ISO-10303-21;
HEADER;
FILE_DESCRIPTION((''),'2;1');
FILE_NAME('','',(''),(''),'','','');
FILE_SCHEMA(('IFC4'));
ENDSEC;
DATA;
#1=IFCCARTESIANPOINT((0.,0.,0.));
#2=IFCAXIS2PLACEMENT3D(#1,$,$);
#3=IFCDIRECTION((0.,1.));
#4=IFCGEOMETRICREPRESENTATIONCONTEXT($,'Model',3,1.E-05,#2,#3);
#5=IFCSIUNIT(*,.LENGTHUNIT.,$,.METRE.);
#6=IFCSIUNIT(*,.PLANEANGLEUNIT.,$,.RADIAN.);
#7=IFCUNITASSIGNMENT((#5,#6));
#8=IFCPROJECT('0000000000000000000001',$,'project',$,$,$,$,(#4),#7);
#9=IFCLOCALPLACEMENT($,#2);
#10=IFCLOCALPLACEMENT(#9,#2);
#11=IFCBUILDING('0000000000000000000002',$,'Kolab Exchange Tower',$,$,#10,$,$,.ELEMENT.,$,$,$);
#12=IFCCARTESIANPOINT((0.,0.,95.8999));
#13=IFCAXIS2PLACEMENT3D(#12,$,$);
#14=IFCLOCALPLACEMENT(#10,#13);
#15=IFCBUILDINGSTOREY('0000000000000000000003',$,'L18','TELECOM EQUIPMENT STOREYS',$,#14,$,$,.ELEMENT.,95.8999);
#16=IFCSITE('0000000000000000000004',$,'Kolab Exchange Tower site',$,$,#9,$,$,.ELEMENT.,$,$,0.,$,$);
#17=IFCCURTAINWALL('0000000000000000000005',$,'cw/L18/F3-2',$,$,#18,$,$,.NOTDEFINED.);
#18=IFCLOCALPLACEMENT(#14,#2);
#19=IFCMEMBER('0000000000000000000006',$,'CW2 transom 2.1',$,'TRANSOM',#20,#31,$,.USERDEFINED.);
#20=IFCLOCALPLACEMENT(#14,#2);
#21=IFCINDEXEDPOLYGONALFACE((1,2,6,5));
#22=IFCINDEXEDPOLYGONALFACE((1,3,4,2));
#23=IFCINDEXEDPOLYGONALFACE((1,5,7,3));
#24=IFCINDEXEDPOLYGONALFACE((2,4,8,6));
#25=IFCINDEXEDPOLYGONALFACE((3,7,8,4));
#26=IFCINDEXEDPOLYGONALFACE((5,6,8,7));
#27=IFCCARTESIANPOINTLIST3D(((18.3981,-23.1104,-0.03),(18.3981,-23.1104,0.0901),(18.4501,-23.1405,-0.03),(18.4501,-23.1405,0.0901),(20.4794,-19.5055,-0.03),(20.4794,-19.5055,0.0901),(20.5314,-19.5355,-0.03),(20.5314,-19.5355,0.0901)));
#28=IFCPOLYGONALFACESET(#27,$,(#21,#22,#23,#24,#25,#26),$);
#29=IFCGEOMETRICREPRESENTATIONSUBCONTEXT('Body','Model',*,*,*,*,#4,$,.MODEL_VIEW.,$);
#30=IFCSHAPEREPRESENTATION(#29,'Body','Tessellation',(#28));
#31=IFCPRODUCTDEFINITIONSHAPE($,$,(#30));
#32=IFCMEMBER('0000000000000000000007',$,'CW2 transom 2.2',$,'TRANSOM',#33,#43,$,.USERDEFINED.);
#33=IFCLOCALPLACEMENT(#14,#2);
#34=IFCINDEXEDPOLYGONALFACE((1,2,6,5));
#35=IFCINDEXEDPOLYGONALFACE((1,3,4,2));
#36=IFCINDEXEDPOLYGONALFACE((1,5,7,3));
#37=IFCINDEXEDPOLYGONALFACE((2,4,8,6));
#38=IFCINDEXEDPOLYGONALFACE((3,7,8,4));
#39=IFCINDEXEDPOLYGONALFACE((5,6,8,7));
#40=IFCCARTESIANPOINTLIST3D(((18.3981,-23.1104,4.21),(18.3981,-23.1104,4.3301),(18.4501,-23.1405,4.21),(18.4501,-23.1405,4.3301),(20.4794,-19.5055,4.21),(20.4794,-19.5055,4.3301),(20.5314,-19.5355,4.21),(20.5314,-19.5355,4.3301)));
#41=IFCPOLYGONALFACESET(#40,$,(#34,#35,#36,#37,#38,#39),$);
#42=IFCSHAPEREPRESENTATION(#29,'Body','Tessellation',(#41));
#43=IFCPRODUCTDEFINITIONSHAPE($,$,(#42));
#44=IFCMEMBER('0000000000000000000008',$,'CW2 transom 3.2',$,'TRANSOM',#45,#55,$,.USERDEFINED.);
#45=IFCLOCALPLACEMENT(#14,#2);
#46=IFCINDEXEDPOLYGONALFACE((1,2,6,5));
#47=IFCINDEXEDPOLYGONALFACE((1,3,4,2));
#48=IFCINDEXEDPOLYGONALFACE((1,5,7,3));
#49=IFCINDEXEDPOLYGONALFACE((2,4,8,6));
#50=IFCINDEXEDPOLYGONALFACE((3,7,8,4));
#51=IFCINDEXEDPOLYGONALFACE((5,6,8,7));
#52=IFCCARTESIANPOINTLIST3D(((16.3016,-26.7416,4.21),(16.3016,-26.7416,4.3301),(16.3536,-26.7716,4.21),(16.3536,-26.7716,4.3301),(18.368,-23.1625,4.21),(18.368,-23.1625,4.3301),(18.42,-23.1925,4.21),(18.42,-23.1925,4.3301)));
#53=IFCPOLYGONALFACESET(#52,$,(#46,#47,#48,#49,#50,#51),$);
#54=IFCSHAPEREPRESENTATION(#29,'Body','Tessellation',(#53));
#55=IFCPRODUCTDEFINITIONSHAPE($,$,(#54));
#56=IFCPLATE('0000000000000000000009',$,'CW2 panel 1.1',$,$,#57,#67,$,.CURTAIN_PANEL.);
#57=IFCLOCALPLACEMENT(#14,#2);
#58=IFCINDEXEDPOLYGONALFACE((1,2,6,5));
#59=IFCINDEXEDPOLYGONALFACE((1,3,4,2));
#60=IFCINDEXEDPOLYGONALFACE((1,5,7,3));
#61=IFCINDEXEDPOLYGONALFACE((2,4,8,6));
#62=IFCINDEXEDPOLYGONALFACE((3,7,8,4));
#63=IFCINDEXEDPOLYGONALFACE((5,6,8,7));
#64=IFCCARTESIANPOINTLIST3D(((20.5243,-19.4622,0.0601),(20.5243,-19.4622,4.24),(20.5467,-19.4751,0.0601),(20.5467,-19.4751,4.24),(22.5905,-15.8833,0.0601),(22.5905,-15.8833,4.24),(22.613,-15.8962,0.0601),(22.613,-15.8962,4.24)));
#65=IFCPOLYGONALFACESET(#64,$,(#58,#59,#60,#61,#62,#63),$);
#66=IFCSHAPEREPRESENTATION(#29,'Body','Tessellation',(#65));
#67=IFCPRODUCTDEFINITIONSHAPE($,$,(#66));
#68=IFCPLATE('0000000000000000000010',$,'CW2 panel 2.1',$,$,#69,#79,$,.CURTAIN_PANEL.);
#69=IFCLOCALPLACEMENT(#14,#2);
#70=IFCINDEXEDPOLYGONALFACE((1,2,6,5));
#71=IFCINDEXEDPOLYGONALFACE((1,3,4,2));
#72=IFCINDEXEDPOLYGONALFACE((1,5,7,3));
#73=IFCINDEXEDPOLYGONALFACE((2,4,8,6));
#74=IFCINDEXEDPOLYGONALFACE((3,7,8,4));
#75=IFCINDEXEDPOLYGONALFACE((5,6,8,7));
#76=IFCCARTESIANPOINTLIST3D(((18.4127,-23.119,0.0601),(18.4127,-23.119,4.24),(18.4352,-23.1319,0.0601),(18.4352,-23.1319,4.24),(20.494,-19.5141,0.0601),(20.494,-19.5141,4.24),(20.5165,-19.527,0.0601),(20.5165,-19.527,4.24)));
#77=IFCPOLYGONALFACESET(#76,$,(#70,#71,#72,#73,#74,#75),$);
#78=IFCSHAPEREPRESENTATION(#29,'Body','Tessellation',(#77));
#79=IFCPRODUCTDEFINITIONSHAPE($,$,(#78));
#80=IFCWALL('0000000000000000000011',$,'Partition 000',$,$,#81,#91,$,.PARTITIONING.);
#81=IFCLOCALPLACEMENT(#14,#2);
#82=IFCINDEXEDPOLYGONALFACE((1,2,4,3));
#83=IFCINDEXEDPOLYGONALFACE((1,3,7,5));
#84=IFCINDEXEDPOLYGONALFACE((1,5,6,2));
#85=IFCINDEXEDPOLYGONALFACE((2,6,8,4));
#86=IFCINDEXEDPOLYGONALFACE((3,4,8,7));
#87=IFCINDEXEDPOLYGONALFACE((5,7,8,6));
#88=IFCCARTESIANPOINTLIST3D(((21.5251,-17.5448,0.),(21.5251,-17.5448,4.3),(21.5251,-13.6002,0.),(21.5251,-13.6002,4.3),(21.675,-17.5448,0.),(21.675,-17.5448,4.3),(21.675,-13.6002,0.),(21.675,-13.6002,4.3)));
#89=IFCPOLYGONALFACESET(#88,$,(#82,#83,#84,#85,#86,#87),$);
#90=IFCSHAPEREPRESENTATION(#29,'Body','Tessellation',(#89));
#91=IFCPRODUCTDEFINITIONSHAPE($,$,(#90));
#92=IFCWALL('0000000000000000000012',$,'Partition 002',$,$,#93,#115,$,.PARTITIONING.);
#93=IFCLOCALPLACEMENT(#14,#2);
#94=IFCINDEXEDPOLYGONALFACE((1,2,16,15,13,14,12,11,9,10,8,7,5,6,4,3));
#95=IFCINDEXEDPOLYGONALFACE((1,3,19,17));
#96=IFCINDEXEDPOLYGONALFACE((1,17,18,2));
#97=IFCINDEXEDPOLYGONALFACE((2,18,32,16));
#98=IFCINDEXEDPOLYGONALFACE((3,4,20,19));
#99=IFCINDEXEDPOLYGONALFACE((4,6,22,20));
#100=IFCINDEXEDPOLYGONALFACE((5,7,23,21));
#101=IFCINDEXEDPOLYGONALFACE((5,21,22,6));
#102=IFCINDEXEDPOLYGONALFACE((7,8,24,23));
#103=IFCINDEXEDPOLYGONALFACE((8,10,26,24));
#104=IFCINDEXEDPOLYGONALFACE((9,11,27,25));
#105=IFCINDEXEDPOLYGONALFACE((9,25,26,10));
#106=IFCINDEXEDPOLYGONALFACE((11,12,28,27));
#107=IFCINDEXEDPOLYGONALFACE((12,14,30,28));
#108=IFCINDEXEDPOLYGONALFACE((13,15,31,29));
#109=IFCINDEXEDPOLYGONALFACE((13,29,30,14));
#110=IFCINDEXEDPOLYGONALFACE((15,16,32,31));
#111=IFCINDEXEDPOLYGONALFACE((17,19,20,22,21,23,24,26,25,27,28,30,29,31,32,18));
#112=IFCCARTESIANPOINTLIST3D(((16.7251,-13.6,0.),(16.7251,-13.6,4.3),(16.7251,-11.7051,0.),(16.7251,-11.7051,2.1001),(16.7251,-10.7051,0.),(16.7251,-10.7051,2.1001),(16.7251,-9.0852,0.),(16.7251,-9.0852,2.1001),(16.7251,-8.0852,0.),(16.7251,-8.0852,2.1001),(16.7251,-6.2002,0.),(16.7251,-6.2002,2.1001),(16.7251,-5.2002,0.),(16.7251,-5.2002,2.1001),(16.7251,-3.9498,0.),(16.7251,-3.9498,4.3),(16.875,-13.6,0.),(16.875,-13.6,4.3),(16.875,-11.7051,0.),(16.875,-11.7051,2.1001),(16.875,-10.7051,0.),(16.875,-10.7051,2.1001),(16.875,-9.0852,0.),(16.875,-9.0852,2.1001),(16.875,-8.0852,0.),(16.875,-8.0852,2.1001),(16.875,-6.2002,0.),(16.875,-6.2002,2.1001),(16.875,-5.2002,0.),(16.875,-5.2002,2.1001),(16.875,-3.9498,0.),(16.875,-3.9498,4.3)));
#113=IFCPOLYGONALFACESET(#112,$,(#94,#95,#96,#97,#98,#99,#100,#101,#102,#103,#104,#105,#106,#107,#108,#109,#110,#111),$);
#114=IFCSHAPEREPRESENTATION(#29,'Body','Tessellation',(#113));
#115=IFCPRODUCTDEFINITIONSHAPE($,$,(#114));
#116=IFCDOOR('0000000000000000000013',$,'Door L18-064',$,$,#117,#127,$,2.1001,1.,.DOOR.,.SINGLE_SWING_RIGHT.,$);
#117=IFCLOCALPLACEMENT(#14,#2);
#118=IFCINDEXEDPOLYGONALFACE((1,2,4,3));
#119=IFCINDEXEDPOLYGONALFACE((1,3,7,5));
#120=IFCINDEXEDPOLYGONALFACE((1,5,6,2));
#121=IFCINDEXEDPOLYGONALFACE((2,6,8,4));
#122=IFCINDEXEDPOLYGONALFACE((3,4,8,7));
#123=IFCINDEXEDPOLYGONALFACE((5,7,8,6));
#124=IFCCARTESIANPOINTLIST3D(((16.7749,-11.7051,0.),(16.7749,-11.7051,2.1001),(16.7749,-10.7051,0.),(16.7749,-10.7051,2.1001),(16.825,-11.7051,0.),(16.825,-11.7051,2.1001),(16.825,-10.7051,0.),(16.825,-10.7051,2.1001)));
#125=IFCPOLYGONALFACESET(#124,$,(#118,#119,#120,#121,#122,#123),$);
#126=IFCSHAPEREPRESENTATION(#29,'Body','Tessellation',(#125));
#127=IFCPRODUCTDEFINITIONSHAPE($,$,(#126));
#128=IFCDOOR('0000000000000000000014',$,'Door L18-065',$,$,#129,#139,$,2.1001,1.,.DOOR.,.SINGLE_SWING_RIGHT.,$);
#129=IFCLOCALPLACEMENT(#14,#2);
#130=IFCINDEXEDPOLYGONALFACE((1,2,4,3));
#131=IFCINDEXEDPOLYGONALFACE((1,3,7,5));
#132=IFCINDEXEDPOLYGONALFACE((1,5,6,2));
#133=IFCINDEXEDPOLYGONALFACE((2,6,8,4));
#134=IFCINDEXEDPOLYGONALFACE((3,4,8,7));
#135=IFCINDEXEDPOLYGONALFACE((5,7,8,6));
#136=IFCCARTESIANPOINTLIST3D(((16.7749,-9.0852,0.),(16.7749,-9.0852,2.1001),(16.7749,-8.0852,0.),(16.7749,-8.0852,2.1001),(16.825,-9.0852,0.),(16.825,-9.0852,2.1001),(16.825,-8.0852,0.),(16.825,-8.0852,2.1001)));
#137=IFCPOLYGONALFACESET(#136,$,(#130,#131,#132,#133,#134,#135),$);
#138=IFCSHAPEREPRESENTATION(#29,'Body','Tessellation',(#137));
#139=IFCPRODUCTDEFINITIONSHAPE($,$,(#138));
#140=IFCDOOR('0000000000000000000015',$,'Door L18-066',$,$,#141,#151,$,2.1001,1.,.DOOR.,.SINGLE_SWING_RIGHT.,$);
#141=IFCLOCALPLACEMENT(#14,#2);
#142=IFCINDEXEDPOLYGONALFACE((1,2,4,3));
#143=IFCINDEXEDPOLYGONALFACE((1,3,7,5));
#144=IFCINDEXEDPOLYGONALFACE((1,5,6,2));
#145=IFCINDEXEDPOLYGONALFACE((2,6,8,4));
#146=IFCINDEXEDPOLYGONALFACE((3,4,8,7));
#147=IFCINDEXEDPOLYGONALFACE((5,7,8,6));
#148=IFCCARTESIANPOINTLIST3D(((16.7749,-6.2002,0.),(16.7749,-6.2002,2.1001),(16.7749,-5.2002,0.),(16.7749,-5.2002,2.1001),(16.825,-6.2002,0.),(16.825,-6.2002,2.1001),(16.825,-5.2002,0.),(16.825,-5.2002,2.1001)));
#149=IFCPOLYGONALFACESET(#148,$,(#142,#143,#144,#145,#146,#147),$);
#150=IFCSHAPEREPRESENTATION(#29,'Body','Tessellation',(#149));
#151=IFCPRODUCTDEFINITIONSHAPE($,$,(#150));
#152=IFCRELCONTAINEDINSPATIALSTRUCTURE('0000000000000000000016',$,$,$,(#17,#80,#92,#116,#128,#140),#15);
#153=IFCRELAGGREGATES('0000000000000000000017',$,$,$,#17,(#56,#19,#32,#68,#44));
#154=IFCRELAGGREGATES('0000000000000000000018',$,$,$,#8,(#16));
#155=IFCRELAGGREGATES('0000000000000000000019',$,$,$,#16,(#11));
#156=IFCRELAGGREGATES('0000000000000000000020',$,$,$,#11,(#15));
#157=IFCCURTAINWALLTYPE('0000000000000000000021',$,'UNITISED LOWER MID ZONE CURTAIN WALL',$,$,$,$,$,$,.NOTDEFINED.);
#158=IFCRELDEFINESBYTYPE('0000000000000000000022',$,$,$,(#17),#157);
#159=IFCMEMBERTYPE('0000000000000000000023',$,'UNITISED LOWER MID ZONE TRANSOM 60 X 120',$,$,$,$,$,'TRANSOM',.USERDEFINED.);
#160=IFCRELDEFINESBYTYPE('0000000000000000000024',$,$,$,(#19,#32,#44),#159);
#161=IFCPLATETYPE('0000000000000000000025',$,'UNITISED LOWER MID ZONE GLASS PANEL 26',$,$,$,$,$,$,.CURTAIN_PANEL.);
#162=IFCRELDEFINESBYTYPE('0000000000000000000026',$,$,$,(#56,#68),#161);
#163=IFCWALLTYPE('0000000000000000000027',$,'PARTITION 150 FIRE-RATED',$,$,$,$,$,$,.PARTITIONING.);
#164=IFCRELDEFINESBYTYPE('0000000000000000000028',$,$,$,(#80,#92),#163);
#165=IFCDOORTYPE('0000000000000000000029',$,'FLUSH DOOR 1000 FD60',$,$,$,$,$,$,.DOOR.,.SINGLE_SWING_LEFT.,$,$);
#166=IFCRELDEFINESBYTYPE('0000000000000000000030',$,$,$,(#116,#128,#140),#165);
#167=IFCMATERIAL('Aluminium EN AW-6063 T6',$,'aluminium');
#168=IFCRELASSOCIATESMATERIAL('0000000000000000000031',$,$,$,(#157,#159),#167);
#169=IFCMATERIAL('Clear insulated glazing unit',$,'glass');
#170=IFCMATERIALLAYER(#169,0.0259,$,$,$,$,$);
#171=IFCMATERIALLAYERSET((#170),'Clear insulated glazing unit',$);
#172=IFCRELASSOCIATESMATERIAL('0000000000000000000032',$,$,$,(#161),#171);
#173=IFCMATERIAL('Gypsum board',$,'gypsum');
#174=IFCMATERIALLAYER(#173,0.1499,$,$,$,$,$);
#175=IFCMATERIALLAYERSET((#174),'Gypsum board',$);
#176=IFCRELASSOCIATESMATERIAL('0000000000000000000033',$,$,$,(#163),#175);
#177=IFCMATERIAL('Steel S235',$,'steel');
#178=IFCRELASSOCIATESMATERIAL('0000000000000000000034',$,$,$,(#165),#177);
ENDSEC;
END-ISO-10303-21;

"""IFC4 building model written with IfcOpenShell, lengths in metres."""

from ifc_helpers import new_model, si_unit, direction, frame, frame_2d, origin, origin_2d, place, context, subcontext, project, spatial, rectangle, extrude, material, layer, layer_set, material_profile, profile_set, type_object, element, fill, aggregate, save


model = new_model("IFC4")

# Units and contexts
model_context = context("Model", 3, precision=1e-05, world=origin(), true_north=direction((0.0, 1.0)))
body_context = subcontext(model_context, "Body", "Model", "MODEL_VIEW")
ifc_project = project(units=[si_unit("LENGTHUNIT", "METRE"), si_unit("PLANEANGLEUNIT", "RADIAN")], contexts=[model_context])

# Site, building, storey
site_placement = place(None, origin())
site = spatial("IfcSite", under=ifc_project, at=site_placement, Name="Kolab Exchange Tower site", CompositionType="ELEMENT", RefElevation=0.0)
building_placement = place(site_placement, origin())
building = spatial("IfcBuilding", under=site, at=building_placement, Name="Kolab Exchange Tower", CompositionType="ELEMENT")
storey_placement = place(building_placement, frame((0.0, 0.0, 95.8999)))
storey = spatial("IfcBuildingStorey", under=building, at=storey_placement, Name="L18", Description="TELECOM EQUIPMENT STOREYS", CompositionType="ELEMENT", Elevation=95.8999)

# Curtain wall, members, plates
ifc_material_1 = material(Name="Aluminium EN AW-6063 T6", Category="aluminium")
curtain_wall_type = type_object("IfcCurtainWallType", Name="UNITISED LOWER MID ZONE CURTAIN WALL", PredefinedType="NOTDEFINED", material=ifc_material_1)
curtain_wall_placement = place(storey_placement, origin())
curtain_wall = element("IfcCurtainWall", 1, at=curtain_wall_placement, inside=storey, type_object=curtain_wall_type, Name="cw/L18/F3-2", PredefinedType="NOTDEFINED")
ifc_material_profile_1 = material_profile(ifc_material_1, rectangle(XDim=0.0601, YDim=0.1201, at=origin_2d()), Name="RECT 60X120")
ifc_profile_set_1 = profile_set([ifc_material_profile_1], Name="Aluminium EN AW-6063 T6")
member_type_1 = type_object("IfcMemberType", Name="UNITISED LOWER MID ZONE TRANSOM 60 X 120", ElementType="TRANSOM", PredefinedType="USERDEFINED", material=ifc_profile_set_1)
member_1_placement = place(storey_placement, frame((20.5054, -19.5205, 0.03), z_axis=(-0.499993, -0.866029, 0.0), x_axis=(0.866029, -0.499993, 0.0)))
member_1 = element("IfcMember", 2, at=member_1_placement, type_object=member_type_1, Name="CW2 transom 2.1", ObjectType="TRANSOM", PredefinedType="USERDEFINED", context=body_context, shape_type="SweptSolid", body=[
    extrude(rectangle(XDim=0.0601, YDim=0.1201, at=origin_2d()), origin(), (0.0, 0.0, 1.0), 4.1626),
])
member_2_placement = place(storey_placement, frame((20.5054, -19.5205, 4.27), z_axis=(-0.499993, -0.866029, 0.0), x_axis=(0.866029, -0.499993, 0.0)))
member_2 = element("IfcMember", 3, at=member_2_placement, type_object=member_type_1, Name="CW2 transom 2.2", ObjectType="TRANSOM", PredefinedType="USERDEFINED", context=body_context, shape_type="SweptSolid", body=[
    extrude(rectangle(XDim=0.0601, YDim=0.1201, at=origin_2d()), origin(), (0.0, 0.0, 1.0), 4.1626),
])
member_3_placement = place(storey_placement, frame((18.394, -23.1775, 4.27), z_axis=(-0.500002, -0.866024, 0.0), x_axis=(0.866024, -0.500002, 0.0)))
member_3 = element("IfcMember", 4, at=member_3_placement, type_object=member_type_1, Name="CW2 transom 3.2", ObjectType="TRANSOM", PredefinedType="USERDEFINED", context=body_context, shape_type="SweptSolid", body=[
    extrude(rectangle(XDim=0.0601, YDim=0.1201, at=origin_2d()), origin(), (0.0, 0.0, 1.0), 4.1328),
])
ifc_material_2 = material(Name="Clear insulated glazing unit", Category="glass")
ifc_layer_1 = layer(ifc_material_2, 0.0259)
ifc_layer_set_1 = layer_set([ifc_layer_1], Name="Clear insulated glazing unit")
plate_type = type_object("IfcPlateType", Name="UNITISED LOWER MID ZONE GLASS PANEL 26", PredefinedType="CURTAIN_PANEL", material=ifc_layer_set_1)
plate_1_placement = place(storey_placement, frame((21.5686, -17.6792, 0.0601), z_axis=(0.0, 0.0, 1.0), x_axis=(-0.5, -0.866025, 0.0)))
plate_1 = element("IfcPlate", 5, at=plate_1_placement, type_object=plate_type, Name="CW2 panel 1.1", PredefinedType="CURTAIN_PANEL", context=body_context, shape_type="SweptSolid", body=[
    extrude(rectangle(XDim=4.1326, YDim=0.0259, at=origin_2d()), origin(), (0.0, 0.0, 1.0), 4.1799),
])
plate_2_placement = place(storey_placement, frame((19.4646, -21.323, 0.0601), z_axis=(0.0, 0.0, 1.0), x_axis=(-0.5, -0.866025, 0.0)))
plate_2 = element("IfcPlate", 6, at=plate_2_placement, type_object=plate_type, Name="CW2 panel 2.1", PredefinedType="CURTAIN_PANEL", context=body_context, shape_type="SweptSolid", body=[
    extrude(rectangle(XDim=4.1626, YDim=0.0259, at=origin_2d()), origin(), (0.0, 0.0, 1.0), 4.1799),
])
aggregate(curtain_wall, [plate_1, member_1, member_2, plate_2, member_3])

# Wall
ifc_material_3 = material(Name="Gypsum board", Category="gypsum")
ifc_layer_2 = layer(ifc_material_3, 0.1499)
ifc_layer_set_2 = layer_set([ifc_layer_2], Name="Gypsum board")
wall_type = type_object("IfcWallType", Name="PARTITION 150 FIRE-RATED", PredefinedType="PARTITIONING", material=ifc_layer_set_2)
wall_1_placement = place(storey_placement, frame((21.6001, -17.5447, 0.0), z_axis=(0.0, 0.0, 1.0), x_axis=(0.0, 1.0, 0.0)))
element("IfcWall", 7, at=wall_1_placement, inside=storey, type_object=wall_type, Name="Partition 000", PredefinedType="PARTITIONING", context=body_context, shape_type="SweptSolid", body=[
    extrude(rectangle(XDim=3.9446, YDim=0.1499, at=frame_2d((1.9722, 0.0))), origin(), (0.0, 0.0, 1.0), 4.3),
])

# Wall, openings, doors
wall_2_placement = place(storey_placement, frame((16.8, -13.6001, 0.0), z_axis=(0.0, 0.0, 1.0), x_axis=(0.0, 1.0, 0.0)))
wall_2 = element("IfcWall", 8, at=wall_2_placement, inside=storey, type_object=wall_type, Name="Partition 002", PredefinedType="PARTITIONING", context=body_context, shape_type="SweptSolid", body=[
    extrude(rectangle(XDim=9.6501, YDim=0.1499, at=frame_2d((4.8252, 0.0))), origin(), (0.0, 0.0, 1.0), 4.3),
])
opening_1_placement = place(wall_2_placement, frame((1.895, 0.0, 0.0)))
opening_1 = element("IfcOpeningElement", 9, at=opening_1_placement, cuts=wall_2, PredefinedType="OPENING", context=body_context, shape_type="SweptSolid", body=[
    extrude(rectangle(XDim=1.0, YDim=2.1001, at=frame_2d((0.5, 1.05))), frame((0.0, 0.085, 0.0), z_axis=(0.0, -1.0, 0.0), x_axis=(1.0, 0.0, 0.0)), (0.0, 0.0, 1.0), 0.1699),
])
opening_2_placement = place(wall_2_placement, frame((4.5149, 0.0, 0.0)))
opening_2 = element("IfcOpeningElement", 10, at=opening_2_placement, cuts=wall_2, PredefinedType="OPENING", context=body_context, shape_type="SweptSolid", body=[
    extrude(rectangle(XDim=1.0, YDim=2.1001, at=frame_2d((0.5, 1.05))), frame((0.0, 0.085, 0.0), z_axis=(0.0, -1.0, 0.0), x_axis=(1.0, 0.0, 0.0)), (0.0, 0.0, 1.0), 0.1699),
])
opening_3_placement = place(wall_2_placement, frame((7.3999, 0.0, 0.0)))
opening_3 = element("IfcOpeningElement", 11, at=opening_3_placement, cuts=wall_2, PredefinedType="OPENING", context=body_context, shape_type="SweptSolid", body=[
    extrude(rectangle(XDim=1.0, YDim=2.1001, at=frame_2d((0.5, 1.05))), frame((0.0, 0.085, 0.0), z_axis=(0.0, -1.0, 0.0), x_axis=(1.0, 0.0, 0.0)), (0.0, 0.0, 1.0), 0.1699),
])
ifc_material_4 = material(Name="Steel S235", Category="steel")
door_type = type_object("IfcDoorType", Name="FLUSH DOOR 1000 FD60", OperationType="SINGLE_SWING_LEFT", PredefinedType="DOOR", material=ifc_material_4)
door_1_placement = place(opening_1_placement, frame((1.0, 0.0, 0.0), z_axis=(0.0, 0.0, 1.0), x_axis=(-1.0, 0.0, 0.0)))
door_1 = element("IfcDoor", 12, at=door_1_placement, inside=storey, type_object=door_type, Name="Door L18-064", OperationType="SINGLE_SWING_RIGHT", OverallHeight=2.1001, OverallWidth=1.0, PredefinedType="DOOR", context=body_context, shape_type="SweptSolid", body=[
    extrude(rectangle(XDim=1.0, YDim=2.1001, at=frame_2d((0.5, 1.05))), frame((0.0, 0.0249, 0.0), z_axis=(0.0, -1.0, 0.0), x_axis=(1.0, 0.0, 0.0)), (0.0, 0.0, 1.0), 0.05),
])
fill(opening_1, door_1)
door_2_placement = place(opening_2_placement, frame((1.0, 0.0, 0.0), z_axis=(0.0, 0.0, 1.0), x_axis=(-1.0, 0.0, 0.0)))
door_2 = element("IfcDoor", 13, at=door_2_placement, inside=storey, type_object=door_type, Name="Door L18-065", OperationType="SINGLE_SWING_RIGHT", OverallHeight=2.1001, OverallWidth=1.0, PredefinedType="DOOR", context=body_context, shape_type="SweptSolid", body=[
    extrude(rectangle(XDim=1.0, YDim=2.1001, at=frame_2d((0.5, 1.05))), frame((0.0, 0.0249, 0.0), z_axis=(0.0, -1.0, 0.0), x_axis=(1.0, 0.0, 0.0)), (0.0, 0.0, 1.0), 0.05),
])
fill(opening_2, door_2)
door_3_placement = place(opening_3_placement, frame((1.0, 0.0, 0.0), z_axis=(0.0, 0.0, 1.0), x_axis=(-1.0, 0.0, 0.0)))
door_3 = element("IfcDoor", 14, at=door_3_placement, inside=storey, type_object=door_type, Name="Door L18-066", OperationType="SINGLE_SWING_RIGHT", OverallHeight=2.1001, OverallWidth=1.0, PredefinedType="DOOR", context=body_context, shape_type="SweptSolid", body=[
    extrude(rectangle(XDim=1.0, YDim=2.1001, at=frame_2d((0.5, 1.05))), frame((0.0, 0.0249, 0.0), z_axis=(0.0, -1.0, 0.0), x_axis=(1.0, 0.0, 0.0)), (0.0, 0.0, 1.0), 0.05),
])
fill(opening_3, door_3)

save(model, "model.ifc")
